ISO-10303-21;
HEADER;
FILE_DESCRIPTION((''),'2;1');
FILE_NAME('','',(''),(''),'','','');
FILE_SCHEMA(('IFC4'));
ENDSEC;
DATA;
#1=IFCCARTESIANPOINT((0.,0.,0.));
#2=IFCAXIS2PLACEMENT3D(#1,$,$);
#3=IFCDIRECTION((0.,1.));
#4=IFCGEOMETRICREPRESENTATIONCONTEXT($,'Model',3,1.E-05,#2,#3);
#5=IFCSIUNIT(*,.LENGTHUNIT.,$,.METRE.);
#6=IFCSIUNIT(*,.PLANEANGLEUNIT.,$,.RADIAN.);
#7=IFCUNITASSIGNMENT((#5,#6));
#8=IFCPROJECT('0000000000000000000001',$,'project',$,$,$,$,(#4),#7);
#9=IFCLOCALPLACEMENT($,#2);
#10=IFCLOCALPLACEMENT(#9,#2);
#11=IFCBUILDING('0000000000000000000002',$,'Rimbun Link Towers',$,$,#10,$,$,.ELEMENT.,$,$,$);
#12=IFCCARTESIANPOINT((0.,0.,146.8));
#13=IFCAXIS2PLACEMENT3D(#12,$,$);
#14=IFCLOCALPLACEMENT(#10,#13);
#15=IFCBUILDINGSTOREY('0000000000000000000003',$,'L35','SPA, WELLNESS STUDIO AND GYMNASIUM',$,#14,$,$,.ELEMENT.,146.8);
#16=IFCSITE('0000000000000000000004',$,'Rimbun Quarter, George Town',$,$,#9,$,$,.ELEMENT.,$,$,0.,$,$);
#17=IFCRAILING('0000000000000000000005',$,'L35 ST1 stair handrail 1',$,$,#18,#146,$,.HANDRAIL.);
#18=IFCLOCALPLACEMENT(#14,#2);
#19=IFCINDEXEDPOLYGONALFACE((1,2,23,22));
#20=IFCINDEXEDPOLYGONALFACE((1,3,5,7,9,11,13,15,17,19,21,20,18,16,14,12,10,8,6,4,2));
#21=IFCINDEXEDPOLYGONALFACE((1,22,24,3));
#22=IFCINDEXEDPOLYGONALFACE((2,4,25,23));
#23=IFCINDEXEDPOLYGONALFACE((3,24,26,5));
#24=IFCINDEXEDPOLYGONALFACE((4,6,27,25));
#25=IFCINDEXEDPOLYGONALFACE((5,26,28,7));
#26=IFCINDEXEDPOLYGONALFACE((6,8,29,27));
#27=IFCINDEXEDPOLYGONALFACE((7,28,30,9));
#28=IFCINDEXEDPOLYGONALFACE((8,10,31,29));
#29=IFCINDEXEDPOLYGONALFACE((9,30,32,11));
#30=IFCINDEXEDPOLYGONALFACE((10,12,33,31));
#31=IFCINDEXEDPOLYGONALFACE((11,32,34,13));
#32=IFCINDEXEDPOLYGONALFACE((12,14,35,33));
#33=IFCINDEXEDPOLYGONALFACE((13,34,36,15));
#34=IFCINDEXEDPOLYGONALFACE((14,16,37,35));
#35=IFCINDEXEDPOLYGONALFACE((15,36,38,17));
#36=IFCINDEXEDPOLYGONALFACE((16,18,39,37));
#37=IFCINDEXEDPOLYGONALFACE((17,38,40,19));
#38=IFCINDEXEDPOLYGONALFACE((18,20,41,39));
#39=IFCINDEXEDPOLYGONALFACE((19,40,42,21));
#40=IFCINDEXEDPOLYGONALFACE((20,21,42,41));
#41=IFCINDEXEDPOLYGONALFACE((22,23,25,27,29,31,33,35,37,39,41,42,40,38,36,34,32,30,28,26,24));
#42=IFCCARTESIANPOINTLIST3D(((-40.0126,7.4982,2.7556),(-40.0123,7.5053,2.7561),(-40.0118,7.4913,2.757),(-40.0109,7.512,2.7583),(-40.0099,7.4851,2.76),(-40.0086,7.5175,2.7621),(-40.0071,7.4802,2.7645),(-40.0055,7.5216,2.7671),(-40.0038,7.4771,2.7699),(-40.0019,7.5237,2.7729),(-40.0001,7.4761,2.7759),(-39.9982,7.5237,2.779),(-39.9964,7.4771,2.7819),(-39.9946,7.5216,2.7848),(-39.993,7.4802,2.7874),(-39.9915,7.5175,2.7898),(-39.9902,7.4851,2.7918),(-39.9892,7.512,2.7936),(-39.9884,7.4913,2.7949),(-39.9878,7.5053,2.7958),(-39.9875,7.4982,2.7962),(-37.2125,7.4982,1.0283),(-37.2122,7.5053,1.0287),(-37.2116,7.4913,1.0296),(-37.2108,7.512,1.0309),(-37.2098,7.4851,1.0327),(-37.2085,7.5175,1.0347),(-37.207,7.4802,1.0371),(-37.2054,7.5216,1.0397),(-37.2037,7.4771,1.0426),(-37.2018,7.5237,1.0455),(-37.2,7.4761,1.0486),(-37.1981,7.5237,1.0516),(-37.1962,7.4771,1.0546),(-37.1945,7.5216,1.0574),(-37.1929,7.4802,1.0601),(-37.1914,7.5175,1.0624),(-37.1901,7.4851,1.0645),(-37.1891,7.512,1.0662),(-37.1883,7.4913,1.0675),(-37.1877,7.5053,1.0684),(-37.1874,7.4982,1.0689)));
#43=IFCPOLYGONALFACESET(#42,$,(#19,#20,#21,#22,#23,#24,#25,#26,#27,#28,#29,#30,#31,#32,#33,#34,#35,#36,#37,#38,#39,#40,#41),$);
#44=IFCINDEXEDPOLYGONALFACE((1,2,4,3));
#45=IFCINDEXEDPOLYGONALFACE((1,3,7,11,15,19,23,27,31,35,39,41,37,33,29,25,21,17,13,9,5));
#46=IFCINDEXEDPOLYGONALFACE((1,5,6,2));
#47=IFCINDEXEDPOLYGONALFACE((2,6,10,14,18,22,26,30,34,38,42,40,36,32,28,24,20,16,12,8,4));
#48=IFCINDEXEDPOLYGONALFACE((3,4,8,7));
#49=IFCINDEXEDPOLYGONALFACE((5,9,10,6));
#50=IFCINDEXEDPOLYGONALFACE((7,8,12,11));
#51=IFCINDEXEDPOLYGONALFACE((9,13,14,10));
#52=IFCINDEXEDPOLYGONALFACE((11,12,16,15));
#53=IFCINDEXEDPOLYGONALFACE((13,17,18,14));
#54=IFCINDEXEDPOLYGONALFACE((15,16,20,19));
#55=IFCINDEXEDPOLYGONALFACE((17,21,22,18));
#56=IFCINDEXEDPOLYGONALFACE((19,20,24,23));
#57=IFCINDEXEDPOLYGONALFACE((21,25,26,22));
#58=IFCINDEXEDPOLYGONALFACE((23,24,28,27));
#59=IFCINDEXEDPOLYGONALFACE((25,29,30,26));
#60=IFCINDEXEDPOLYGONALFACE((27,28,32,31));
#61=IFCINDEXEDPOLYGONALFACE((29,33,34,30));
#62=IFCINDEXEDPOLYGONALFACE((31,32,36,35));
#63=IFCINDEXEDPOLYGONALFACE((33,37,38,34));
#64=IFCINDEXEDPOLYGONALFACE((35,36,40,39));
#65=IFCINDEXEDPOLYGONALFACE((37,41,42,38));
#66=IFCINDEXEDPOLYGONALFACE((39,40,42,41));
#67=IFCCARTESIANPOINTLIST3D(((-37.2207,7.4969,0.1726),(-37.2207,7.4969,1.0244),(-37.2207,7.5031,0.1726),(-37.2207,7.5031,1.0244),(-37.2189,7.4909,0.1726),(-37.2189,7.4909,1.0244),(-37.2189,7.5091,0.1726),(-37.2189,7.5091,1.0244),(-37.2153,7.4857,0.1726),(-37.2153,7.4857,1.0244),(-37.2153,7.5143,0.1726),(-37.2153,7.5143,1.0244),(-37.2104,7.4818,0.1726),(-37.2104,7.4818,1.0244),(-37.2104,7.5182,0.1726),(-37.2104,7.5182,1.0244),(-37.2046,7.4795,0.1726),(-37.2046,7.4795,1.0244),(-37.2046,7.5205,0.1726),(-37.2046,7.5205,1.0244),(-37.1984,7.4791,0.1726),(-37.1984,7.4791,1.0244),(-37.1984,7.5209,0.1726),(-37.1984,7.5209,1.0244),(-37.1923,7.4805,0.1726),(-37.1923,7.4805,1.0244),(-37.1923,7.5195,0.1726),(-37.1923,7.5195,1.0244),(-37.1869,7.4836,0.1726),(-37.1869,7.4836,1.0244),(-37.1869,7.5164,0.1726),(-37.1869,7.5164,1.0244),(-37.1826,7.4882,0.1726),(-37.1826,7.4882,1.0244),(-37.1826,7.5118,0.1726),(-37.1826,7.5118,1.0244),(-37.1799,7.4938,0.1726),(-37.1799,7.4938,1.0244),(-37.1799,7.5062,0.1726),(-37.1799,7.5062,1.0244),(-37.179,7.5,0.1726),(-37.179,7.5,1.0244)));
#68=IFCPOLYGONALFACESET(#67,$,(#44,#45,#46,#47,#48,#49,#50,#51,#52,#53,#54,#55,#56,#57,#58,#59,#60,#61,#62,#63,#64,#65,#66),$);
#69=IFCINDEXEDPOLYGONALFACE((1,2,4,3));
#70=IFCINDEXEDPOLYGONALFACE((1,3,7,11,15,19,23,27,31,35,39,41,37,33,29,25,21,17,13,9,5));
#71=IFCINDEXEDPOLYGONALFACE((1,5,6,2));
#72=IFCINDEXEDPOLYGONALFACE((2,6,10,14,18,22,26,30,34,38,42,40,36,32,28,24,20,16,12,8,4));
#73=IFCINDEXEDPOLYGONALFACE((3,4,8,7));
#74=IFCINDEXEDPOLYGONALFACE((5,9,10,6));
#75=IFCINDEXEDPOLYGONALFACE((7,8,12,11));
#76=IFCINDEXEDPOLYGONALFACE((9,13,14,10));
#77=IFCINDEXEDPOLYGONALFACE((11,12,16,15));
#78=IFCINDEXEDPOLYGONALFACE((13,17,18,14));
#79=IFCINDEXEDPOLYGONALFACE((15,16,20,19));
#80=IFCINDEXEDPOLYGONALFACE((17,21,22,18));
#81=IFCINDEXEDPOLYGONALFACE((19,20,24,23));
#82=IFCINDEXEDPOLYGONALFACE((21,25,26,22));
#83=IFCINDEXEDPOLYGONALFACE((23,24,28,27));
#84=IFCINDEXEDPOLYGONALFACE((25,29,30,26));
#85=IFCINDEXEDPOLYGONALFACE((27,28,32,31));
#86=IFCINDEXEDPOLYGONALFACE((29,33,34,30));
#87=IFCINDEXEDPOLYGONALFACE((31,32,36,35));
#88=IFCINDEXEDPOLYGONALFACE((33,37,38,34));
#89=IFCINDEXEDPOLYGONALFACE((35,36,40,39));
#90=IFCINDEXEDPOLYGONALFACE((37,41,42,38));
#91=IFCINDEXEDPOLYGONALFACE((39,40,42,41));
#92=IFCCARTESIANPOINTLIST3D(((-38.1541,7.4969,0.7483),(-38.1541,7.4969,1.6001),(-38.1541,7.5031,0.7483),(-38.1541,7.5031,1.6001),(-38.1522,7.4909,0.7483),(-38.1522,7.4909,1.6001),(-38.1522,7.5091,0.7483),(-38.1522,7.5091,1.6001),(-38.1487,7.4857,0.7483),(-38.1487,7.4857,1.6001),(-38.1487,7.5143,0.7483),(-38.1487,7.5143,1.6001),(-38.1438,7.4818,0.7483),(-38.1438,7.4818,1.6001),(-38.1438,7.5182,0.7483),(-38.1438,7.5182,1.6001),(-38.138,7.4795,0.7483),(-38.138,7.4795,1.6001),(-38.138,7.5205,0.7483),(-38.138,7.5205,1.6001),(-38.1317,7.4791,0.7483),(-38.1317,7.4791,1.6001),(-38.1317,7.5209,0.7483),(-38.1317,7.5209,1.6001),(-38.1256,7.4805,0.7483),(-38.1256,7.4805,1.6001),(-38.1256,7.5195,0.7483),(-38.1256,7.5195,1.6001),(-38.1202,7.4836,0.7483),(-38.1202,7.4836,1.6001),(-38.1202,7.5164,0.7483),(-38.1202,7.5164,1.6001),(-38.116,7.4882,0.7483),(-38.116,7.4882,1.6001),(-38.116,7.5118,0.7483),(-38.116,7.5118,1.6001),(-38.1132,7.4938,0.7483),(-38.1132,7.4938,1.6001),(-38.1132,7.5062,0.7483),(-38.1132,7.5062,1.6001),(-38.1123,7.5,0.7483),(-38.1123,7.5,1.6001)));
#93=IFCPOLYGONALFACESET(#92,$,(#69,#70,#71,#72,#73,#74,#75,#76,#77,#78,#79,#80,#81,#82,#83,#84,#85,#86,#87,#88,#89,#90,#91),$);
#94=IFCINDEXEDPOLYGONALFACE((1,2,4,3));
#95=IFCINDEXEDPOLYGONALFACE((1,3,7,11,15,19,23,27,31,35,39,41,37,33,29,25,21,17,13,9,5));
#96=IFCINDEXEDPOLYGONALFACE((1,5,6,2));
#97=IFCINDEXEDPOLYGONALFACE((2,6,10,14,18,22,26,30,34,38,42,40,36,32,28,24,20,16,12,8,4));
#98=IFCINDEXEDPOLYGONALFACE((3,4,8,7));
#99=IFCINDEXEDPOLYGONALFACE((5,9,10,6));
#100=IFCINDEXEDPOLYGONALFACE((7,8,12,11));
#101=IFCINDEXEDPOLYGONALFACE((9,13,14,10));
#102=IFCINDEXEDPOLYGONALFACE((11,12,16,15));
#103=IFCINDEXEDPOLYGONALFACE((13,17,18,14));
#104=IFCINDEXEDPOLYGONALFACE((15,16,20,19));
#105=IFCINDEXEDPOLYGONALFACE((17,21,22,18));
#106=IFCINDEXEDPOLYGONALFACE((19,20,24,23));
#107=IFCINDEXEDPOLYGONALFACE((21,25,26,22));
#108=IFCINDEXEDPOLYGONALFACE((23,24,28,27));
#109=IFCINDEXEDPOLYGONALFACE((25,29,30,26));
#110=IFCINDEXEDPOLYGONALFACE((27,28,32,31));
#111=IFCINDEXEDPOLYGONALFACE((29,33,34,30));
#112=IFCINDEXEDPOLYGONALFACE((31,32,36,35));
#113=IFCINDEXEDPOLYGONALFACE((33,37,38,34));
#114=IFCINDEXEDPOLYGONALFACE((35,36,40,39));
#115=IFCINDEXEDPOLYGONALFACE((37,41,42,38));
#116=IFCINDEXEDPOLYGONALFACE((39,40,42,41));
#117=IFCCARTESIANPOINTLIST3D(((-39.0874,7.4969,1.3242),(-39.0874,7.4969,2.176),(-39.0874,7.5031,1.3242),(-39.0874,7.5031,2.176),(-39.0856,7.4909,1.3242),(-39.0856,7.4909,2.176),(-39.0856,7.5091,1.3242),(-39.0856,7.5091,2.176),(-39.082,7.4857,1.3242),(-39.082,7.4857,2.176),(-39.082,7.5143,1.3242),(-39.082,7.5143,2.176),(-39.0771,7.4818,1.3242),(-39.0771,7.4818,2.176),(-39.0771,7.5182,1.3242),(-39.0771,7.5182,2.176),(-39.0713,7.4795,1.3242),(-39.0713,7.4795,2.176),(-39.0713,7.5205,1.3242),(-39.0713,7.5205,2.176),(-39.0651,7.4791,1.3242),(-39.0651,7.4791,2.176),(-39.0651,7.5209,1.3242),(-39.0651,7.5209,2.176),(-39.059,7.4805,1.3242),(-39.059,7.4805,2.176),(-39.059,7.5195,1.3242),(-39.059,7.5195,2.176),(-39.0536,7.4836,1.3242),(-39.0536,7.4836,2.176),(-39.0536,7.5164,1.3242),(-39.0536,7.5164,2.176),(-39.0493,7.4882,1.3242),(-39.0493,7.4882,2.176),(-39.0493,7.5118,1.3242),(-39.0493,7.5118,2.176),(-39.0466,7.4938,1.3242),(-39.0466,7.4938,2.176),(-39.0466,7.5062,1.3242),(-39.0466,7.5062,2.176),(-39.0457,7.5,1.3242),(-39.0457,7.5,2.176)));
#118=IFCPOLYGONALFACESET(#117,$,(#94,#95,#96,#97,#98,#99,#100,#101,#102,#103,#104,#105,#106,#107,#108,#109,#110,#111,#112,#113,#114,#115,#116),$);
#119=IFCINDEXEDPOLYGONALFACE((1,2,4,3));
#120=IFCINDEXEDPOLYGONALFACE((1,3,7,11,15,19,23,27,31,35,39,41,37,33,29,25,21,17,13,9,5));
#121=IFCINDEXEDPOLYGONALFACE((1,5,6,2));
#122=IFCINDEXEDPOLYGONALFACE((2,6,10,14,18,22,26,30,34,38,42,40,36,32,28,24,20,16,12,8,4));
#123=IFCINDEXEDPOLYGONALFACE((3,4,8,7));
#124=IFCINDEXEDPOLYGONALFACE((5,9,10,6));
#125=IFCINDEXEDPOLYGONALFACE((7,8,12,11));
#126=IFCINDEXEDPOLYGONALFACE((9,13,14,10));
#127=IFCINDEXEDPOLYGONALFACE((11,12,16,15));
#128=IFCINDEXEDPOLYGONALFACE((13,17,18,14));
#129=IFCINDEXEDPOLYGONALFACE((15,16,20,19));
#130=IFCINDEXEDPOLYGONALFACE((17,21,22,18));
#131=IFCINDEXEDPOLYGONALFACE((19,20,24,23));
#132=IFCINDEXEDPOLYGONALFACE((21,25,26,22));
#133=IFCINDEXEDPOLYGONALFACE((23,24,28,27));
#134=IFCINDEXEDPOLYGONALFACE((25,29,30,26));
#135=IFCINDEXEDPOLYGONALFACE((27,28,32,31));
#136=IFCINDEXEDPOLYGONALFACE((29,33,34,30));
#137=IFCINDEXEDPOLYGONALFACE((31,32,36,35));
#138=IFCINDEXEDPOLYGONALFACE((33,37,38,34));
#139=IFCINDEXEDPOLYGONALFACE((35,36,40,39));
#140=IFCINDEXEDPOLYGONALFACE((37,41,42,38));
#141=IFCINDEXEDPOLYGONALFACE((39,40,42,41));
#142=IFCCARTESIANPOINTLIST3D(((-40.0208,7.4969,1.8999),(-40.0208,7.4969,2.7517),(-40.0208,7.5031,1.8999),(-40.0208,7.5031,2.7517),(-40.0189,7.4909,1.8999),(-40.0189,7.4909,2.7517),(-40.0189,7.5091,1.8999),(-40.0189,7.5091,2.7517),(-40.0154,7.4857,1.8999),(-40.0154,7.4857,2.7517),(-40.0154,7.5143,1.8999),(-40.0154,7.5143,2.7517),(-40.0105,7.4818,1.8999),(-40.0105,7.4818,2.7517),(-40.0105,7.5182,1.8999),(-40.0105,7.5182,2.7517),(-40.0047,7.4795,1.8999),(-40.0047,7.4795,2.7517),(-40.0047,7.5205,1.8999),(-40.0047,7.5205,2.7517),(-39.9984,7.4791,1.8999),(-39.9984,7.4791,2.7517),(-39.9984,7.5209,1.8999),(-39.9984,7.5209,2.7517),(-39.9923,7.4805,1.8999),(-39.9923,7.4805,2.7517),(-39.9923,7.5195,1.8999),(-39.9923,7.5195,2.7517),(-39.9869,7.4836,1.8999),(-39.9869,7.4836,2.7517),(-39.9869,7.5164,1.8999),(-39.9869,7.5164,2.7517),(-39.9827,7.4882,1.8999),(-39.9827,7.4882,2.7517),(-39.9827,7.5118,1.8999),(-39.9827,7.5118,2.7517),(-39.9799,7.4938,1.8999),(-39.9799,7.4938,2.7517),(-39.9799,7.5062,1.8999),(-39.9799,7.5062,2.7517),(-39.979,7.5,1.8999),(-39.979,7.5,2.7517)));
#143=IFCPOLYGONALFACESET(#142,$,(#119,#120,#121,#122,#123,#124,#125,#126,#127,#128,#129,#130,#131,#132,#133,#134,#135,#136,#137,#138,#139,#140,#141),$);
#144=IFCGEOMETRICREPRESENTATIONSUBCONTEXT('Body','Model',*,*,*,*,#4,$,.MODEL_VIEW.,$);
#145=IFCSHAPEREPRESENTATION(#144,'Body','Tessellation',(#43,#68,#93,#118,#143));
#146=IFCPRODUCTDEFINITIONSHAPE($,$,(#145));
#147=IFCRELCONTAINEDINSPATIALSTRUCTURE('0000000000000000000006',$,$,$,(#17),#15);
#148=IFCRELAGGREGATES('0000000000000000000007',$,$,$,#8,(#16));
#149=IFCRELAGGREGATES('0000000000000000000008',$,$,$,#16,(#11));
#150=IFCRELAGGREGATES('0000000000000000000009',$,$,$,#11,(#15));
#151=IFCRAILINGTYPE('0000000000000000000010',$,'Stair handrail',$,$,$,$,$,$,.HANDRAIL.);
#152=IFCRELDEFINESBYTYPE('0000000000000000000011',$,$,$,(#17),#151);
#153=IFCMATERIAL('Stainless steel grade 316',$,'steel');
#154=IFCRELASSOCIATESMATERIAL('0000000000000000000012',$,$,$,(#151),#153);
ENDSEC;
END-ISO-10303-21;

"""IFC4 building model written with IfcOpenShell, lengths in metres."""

from ifc_helpers import new_model, si_unit, direction, frame, origin, origin_2d, place, context, subcontext, project, spatial, circle, extrude, material, type_object, element, save


model = new_model("IFC4")

# Units and contexts
model_context = context("Model", 3, precision=1e-05, world=origin(), true_north=direction((0.0, 1.0)))
body_context = subcontext(model_context, "Body", "Model", "MODEL_VIEW")
ifc_project = project(units=[si_unit("LENGTHUNIT", "METRE"), si_unit("PLANEANGLEUNIT", "RADIAN")], contexts=[model_context])

# Site, building, storey
site_placement = place(None, origin())
site = spatial("IfcSite", under=ifc_project, at=site_placement, Name="Rimbun Quarter, George Town", CompositionType="ELEMENT", RefElevation=0.0)
building_placement = place(site_placement, origin())
building = spatial("IfcBuilding", under=site, at=building_placement, Name="Rimbun Link Towers", CompositionType="ELEMENT")
storey_placement = place(building_placement, frame((0.0, 0.0, 146.8)))
storey = spatial("IfcBuildingStorey", under=building, at=storey_placement, Name="L35", Description="SPA, WELLNESS STUDIO AND GYMNASIUM", CompositionType="ELEMENT", Elevation=146.8)

# Railing
ifc_material_1 = material(Name="Stainless steel grade 316", Category="steel")
railing_type_1 = type_object("IfcRailingType", Name="Stair handrail", PredefinedType="HANDRAIL", material=ifc_material_1)
railing_1_placement = place(storey_placement, frame((-37.2, 7.5, 0.1726)))
element("IfcRailing", 1, at=railing_1_placement, inside=storey, type_object=railing_type_1, Name="L35 ST1 stair handrail 1", PredefinedType="HANDRAIL", context=body_context, shape_type="SweptSolid", body=[
    extrude(circle(Radius=0.0239, at=origin_2d()), frame((0.0, 0.0, 0.876), z_axis=(-0.85109, 0.0, 0.52502), x_axis=(0.0, -1.0, 0.0)), (0.0, 0.0, 1.0), 3.29),
    extrude(circle(Radius=0.021, at=origin_2d()), origin(), (0.0, 0.0, 1.0), 0.8518),
    extrude(circle(Radius=0.021, at=origin_2d()), frame((-0.9333, 0.0, 0.5757)), (0.0, 0.0, 1.0), 0.8518),
    extrude(circle(Radius=0.021, at=origin_2d()), frame((-1.8667, 0.0, 1.1516)), (0.0, 0.0, 1.0), 0.8518),
    extrude(circle(Radius=0.021, at=origin_2d()), frame((-2.8, 0.0, 1.7273)), (0.0, 0.0, 1.0), 0.8518),
])

save(model, "model.ifc")
